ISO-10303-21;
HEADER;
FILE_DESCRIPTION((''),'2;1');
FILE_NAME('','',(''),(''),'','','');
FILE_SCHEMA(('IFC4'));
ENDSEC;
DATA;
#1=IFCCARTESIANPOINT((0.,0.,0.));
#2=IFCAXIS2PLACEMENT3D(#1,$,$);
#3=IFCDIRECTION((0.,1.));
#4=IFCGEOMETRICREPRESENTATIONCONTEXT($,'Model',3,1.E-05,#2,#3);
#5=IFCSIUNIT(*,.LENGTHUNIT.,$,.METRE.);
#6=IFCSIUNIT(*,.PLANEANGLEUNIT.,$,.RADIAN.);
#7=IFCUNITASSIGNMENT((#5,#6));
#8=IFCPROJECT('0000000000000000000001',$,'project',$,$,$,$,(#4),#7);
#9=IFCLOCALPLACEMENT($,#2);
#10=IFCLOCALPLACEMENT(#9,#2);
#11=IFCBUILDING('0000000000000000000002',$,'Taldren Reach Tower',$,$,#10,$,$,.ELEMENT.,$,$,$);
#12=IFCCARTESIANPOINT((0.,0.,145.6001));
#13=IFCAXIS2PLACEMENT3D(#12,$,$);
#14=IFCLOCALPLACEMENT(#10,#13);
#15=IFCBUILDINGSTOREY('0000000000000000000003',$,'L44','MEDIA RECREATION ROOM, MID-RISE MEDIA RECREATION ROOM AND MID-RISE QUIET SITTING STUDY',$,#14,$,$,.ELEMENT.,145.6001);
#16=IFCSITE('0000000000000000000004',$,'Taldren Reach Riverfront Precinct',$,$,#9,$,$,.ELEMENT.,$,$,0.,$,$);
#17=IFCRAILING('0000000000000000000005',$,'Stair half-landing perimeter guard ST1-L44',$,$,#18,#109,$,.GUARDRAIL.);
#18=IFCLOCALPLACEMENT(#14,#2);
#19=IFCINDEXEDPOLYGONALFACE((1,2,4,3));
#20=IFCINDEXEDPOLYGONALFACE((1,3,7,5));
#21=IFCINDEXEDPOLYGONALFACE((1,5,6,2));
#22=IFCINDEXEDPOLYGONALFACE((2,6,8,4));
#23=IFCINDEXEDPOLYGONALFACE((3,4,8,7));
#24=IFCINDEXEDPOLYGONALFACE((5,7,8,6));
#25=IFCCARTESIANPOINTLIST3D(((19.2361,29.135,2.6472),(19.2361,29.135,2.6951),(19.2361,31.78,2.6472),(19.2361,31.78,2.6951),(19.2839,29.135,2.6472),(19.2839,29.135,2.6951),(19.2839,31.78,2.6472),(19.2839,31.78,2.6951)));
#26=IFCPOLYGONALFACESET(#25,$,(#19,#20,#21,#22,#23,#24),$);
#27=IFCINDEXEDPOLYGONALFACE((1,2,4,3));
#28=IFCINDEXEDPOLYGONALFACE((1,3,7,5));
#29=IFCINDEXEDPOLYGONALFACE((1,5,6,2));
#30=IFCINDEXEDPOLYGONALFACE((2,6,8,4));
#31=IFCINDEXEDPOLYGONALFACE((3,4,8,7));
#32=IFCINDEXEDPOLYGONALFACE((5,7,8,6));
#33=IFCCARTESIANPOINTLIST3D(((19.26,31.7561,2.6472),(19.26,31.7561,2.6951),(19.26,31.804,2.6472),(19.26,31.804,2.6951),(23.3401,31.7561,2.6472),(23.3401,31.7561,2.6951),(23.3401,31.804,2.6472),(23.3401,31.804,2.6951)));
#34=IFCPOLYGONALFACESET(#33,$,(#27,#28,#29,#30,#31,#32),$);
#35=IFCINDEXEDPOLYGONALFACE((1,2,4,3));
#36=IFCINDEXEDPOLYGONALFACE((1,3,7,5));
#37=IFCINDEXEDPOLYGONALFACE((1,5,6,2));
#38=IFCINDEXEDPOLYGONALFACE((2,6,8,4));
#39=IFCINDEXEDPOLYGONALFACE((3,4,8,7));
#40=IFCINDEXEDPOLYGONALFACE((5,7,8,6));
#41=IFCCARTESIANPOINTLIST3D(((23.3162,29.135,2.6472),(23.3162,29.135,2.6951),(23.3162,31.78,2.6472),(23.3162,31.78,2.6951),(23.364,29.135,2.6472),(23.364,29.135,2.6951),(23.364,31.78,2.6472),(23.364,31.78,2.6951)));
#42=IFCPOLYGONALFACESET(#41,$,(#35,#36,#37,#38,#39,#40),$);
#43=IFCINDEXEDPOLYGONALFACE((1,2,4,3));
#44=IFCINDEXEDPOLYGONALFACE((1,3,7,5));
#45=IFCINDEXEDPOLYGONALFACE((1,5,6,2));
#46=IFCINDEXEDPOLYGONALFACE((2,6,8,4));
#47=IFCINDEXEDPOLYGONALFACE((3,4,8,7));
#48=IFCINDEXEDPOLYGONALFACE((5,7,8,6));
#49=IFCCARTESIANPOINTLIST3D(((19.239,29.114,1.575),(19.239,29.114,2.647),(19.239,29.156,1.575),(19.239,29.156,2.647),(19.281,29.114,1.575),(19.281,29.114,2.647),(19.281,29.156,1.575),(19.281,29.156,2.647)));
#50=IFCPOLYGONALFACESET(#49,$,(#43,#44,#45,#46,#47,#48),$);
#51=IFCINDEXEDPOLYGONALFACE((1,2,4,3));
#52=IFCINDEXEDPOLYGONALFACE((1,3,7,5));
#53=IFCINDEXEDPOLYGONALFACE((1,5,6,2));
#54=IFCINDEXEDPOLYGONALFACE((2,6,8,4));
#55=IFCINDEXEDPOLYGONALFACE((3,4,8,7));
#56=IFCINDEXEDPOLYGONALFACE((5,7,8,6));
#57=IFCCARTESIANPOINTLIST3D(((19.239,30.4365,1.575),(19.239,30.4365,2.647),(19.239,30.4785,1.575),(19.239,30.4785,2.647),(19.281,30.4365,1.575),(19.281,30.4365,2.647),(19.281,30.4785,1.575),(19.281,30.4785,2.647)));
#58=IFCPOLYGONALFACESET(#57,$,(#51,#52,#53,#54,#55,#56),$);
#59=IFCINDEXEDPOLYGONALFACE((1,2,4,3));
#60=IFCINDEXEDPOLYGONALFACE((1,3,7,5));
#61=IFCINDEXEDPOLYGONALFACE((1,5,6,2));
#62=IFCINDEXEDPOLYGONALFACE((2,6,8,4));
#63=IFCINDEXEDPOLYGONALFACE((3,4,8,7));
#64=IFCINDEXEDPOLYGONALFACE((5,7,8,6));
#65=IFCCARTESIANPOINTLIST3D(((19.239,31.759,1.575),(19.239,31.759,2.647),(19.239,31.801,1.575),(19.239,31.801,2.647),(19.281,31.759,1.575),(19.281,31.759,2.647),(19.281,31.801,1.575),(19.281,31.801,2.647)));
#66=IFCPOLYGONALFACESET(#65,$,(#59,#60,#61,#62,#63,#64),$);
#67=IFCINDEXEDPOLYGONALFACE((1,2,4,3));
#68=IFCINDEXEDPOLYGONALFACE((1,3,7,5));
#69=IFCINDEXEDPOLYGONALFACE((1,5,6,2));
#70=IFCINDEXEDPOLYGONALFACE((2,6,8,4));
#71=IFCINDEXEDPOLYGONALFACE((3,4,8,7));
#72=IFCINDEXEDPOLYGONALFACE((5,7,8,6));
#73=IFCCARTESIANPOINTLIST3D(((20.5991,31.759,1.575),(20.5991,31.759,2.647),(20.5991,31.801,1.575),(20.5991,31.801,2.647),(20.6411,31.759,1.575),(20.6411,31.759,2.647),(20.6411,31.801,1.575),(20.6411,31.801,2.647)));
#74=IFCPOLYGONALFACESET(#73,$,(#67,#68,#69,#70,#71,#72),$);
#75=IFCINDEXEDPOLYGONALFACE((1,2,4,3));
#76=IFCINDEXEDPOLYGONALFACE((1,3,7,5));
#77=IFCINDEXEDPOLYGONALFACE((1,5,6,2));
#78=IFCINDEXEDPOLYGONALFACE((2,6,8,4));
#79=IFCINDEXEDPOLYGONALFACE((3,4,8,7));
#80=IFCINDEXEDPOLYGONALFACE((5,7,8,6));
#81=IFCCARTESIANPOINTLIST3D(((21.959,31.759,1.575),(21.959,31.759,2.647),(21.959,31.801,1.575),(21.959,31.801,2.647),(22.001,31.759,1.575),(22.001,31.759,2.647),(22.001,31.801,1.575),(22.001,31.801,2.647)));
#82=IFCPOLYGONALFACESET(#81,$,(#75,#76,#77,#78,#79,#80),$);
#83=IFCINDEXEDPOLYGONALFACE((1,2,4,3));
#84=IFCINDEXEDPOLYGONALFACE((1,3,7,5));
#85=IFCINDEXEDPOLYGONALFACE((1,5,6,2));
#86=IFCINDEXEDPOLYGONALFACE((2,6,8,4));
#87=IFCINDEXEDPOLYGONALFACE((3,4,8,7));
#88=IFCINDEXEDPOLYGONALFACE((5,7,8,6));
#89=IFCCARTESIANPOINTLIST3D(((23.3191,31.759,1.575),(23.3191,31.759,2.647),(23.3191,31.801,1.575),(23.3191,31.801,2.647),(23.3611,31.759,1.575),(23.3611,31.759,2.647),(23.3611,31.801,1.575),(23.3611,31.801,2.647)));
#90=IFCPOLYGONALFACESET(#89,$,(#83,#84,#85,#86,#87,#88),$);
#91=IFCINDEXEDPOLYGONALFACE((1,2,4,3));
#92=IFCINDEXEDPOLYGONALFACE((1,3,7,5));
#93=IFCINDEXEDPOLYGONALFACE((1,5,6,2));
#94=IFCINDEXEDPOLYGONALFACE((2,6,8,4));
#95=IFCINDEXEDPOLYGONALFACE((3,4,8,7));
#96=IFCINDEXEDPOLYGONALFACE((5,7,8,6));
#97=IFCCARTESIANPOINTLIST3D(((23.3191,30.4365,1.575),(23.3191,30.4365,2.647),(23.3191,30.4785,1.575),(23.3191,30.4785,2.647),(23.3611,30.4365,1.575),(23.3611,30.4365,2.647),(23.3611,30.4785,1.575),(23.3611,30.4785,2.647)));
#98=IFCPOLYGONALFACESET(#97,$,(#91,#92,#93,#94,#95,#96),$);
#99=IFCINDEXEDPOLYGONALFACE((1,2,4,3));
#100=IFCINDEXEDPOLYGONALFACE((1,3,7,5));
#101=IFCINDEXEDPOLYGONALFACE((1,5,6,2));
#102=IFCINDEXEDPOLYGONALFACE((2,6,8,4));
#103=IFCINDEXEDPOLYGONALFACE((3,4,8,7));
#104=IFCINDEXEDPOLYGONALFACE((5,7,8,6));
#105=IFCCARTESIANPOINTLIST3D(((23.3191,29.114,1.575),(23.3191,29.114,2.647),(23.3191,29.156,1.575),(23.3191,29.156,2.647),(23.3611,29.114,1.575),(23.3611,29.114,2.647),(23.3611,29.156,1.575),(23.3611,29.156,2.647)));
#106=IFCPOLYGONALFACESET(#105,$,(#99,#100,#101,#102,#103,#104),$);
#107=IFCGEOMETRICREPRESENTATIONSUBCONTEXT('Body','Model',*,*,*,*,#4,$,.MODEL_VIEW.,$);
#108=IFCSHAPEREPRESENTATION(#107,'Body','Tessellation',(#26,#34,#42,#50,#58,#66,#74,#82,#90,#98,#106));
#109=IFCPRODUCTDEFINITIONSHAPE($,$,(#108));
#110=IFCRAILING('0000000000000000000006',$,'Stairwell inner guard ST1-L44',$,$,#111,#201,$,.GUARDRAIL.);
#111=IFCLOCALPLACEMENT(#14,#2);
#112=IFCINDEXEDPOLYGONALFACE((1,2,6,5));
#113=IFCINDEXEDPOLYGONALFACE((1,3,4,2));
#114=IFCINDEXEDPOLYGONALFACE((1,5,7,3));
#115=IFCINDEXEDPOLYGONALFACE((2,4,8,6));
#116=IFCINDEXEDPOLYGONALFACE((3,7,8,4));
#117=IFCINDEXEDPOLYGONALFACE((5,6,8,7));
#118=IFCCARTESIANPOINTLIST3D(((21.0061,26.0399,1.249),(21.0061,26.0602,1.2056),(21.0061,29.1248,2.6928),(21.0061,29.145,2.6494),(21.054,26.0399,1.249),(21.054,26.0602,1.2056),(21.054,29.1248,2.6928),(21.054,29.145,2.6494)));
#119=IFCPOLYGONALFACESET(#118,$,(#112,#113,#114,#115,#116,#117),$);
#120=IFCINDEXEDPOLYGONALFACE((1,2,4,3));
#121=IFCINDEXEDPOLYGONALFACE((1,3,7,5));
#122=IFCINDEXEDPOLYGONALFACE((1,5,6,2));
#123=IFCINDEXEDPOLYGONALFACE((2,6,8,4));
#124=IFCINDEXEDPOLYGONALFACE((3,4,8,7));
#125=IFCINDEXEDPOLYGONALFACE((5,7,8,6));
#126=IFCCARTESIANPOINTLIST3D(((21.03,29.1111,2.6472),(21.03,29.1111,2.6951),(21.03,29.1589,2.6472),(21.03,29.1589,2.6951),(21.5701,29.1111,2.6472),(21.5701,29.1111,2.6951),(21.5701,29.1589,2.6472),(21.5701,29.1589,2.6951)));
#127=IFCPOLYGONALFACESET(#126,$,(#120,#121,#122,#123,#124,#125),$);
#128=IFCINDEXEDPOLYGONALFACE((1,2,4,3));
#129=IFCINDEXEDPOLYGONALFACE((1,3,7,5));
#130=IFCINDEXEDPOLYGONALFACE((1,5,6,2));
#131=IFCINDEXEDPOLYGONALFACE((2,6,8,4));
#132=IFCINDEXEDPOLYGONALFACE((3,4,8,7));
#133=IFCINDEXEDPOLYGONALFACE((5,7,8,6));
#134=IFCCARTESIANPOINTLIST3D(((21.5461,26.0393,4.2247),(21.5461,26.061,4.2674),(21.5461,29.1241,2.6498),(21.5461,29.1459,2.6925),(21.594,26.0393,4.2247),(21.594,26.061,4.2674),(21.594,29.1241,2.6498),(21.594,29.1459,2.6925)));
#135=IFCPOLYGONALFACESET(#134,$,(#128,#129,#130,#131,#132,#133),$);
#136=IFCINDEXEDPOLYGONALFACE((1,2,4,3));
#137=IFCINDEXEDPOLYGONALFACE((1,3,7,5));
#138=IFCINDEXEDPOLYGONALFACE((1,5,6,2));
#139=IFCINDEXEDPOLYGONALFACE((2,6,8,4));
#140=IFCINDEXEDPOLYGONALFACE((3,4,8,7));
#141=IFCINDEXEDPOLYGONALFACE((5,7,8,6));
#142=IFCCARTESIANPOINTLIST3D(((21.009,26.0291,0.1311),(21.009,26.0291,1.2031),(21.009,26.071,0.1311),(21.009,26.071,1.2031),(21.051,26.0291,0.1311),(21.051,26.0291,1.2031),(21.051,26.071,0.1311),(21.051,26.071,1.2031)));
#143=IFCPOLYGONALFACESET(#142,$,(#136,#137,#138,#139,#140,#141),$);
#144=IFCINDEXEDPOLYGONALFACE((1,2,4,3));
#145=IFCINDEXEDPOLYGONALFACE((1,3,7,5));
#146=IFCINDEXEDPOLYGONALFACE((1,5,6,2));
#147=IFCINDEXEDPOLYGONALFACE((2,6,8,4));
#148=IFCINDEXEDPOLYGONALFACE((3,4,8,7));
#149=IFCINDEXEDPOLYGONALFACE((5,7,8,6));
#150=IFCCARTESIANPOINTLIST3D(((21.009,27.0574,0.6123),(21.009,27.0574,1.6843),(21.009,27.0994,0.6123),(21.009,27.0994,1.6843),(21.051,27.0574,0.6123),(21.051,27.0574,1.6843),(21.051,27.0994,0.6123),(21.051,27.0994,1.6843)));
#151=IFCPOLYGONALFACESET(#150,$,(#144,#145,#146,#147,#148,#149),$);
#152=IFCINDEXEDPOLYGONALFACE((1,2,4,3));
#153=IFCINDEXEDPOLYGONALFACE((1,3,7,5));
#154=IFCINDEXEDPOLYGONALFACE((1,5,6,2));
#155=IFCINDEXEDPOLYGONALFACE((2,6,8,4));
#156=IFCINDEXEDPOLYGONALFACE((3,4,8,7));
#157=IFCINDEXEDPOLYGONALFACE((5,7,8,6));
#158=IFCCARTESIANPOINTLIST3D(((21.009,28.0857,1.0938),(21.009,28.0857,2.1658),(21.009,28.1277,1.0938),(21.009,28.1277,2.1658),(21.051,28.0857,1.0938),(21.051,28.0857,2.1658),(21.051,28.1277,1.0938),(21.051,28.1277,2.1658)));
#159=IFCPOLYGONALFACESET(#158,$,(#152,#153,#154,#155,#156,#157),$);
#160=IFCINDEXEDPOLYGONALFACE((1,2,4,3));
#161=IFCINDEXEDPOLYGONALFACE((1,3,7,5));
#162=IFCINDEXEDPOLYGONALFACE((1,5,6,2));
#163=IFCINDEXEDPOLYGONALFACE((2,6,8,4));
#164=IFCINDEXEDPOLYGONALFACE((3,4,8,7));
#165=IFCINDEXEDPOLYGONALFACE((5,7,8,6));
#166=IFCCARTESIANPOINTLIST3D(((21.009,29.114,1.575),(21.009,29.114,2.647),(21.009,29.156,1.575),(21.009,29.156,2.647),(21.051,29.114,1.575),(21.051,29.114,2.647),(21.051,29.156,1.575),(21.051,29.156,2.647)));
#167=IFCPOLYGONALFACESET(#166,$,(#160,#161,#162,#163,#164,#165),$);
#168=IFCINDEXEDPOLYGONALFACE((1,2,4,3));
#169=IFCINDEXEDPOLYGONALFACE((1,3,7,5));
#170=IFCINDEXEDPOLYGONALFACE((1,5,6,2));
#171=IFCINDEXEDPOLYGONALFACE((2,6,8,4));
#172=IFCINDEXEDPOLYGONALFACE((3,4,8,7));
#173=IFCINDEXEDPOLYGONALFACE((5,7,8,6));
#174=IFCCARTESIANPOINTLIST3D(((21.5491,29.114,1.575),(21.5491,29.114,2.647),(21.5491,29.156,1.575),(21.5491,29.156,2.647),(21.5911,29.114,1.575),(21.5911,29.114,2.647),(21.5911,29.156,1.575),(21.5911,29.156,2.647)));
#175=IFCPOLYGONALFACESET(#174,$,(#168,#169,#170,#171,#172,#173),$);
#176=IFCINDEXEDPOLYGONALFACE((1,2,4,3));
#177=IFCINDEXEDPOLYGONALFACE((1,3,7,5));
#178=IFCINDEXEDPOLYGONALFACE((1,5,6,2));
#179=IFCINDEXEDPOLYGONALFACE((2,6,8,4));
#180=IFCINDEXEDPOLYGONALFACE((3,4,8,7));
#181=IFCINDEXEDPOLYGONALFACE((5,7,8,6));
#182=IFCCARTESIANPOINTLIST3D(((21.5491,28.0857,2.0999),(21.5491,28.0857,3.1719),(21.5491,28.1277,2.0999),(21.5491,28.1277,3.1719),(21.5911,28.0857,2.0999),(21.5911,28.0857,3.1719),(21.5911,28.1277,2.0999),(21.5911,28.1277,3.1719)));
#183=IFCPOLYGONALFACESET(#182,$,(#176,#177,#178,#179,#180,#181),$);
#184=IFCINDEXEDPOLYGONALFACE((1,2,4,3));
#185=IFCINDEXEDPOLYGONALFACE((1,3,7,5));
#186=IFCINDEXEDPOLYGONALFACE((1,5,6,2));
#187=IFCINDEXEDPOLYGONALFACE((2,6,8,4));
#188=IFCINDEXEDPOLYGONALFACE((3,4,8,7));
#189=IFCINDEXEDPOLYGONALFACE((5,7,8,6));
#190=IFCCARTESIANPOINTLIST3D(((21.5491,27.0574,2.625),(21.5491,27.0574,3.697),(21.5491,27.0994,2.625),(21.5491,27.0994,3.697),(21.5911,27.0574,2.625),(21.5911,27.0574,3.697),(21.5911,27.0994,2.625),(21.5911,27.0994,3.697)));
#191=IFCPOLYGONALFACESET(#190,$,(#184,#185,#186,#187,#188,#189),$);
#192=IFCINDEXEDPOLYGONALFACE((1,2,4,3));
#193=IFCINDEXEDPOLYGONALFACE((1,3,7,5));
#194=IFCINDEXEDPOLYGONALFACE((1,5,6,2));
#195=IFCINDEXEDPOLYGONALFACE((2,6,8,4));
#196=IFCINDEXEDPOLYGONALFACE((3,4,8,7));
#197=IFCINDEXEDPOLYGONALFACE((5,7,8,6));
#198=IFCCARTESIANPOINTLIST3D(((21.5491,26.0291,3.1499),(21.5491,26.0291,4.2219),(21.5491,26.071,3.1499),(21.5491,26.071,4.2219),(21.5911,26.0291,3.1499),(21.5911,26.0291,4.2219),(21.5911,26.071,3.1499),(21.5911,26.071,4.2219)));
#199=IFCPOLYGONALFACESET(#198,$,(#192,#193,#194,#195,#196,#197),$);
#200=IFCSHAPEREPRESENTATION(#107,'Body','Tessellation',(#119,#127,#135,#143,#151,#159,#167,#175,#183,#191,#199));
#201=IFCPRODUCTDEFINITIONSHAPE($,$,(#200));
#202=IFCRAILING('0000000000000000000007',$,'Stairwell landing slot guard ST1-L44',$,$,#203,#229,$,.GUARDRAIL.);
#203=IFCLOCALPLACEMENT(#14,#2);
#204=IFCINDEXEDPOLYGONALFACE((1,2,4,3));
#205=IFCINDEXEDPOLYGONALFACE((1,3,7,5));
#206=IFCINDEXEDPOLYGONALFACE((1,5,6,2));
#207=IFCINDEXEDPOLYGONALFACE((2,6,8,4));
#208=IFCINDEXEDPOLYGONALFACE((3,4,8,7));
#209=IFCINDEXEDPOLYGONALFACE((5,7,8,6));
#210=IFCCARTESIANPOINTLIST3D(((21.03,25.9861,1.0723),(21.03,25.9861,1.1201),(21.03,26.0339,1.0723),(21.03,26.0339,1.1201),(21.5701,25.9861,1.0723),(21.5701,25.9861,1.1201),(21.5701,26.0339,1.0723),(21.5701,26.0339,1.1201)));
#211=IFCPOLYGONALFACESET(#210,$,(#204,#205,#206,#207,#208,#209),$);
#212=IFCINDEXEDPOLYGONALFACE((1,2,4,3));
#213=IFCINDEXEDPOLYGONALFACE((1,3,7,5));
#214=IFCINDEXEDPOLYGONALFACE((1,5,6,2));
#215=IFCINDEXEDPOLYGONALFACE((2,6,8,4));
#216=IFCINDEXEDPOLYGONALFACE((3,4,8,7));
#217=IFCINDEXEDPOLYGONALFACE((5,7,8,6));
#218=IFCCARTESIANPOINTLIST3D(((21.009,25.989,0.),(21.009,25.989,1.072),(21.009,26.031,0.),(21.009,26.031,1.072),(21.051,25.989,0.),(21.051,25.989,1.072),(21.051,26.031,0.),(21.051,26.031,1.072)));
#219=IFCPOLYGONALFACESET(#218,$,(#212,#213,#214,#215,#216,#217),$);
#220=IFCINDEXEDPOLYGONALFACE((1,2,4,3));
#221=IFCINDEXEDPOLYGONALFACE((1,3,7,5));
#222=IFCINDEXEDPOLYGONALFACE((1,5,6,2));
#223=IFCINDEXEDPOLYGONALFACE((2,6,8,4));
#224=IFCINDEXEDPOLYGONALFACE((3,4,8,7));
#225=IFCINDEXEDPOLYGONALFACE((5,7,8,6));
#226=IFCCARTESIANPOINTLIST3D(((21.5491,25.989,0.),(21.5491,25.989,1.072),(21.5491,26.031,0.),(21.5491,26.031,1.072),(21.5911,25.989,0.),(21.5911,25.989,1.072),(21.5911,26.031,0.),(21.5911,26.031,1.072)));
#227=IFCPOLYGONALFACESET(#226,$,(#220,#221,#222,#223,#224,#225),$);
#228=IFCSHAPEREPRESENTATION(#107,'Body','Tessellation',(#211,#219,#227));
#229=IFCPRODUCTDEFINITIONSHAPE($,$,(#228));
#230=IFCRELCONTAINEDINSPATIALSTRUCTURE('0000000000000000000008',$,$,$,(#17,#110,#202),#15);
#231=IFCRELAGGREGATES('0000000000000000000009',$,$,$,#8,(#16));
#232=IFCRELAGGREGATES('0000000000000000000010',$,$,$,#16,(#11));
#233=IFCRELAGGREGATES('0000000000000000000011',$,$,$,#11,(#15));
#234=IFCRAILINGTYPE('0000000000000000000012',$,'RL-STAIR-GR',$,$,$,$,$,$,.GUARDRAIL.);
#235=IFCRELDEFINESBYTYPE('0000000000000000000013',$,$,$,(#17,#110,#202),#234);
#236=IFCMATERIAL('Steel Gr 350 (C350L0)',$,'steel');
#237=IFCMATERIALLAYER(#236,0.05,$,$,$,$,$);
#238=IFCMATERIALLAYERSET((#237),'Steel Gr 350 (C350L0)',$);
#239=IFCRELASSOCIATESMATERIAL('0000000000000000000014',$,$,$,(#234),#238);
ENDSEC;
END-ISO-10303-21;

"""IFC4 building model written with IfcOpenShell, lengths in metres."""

from ifc_helpers import new_model, si_unit, direction, frame, origin, origin_2d, place, context, subcontext, project, spatial, rectangle, extrude, material, layer, layer_set, type_object, element, save


model = new_model("IFC4")

# Units and contexts
model_context = context("Model", 3, precision=1e-05, world=origin(), true_north=direction((0.0, 1.0)))
body_context = subcontext(model_context, "Body", "Model", "MODEL_VIEW")
ifc_project = project(units=[si_unit("LENGTHUNIT", "METRE"), si_unit("PLANEANGLEUNIT", "RADIAN")], contexts=[model_context])

# Site, building, storey
site_placement = place(None, origin())
site = spatial("IfcSite", under=ifc_project, at=site_placement, Name="Taldren Reach Riverfront Precinct", CompositionType="ELEMENT", RefElevation=0.0)
building_placement = place(site_placement, origin())
building = spatial("IfcBuilding", under=site, at=building_placement, Name="Taldren Reach Tower", CompositionType="ELEMENT")
storey_placement = place(building_placement, frame((0.0, 0.0, 145.6001)))
storey = spatial("IfcBuildingStorey", under=building, at=storey_placement, Name="L44", Description="MEDIA RECREATION ROOM, MID-RISE MEDIA RECREATION ROOM AND MID-RISE QUIET SITTING STUDY", CompositionType="ELEMENT", Elevation=145.6001)

# Shared definitions
ifc_material_1 = material(Name="Steel Gr 350 (C350L0)", Category="steel")

# Railings
ifc_layer_1 = layer(ifc_material_1, 0.05)
ifc_layer_set_1 = layer_set([ifc_layer_1], Name="Steel Gr 350 (C350L0)")
railing_type_1 = type_object("IfcRailingType", Name="RL-STAIR-GR", PredefinedType="GUARDRAIL", material=ifc_layer_set_1)
railing_1_placement = place(storey_placement, frame((19.26, 29.135, 1.575)))
element("IfcRailing", 1, at=railing_1_placement, inside=storey, type_object=railing_type_1, Name="Stair half-landing perimeter guard ST1-L44", PredefinedType="GUARDRAIL", context=body_context, shape_type="SweptSolid", body=[
    extrude(rectangle(XDim=0.0479, YDim=0.0479, at=origin_2d()), frame((0.0, 0.0, 1.0962), z_axis=(0.0, 1.0, 0.0), x_axis=(-1.0, 0.0, 0.0)), (0.0, 0.0, 1.0), 2.645),
    extrude(rectangle(XDim=0.0479, YDim=0.0479, at=origin_2d()), frame((0.0, 2.645, 1.0962), z_axis=(1.0, 0.0, 0.0), x_axis=(0.0, 1.0, 0.0)), (0.0, 0.0, 1.0), 4.0801),
    extrude(rectangle(XDim=0.0479, YDim=0.0479, at=origin_2d()), frame((4.0801, 2.645, 1.0962), z_axis=(0.0, -1.0, 0.0), x_axis=(1.0, 0.0, 0.0)), (0.0, 0.0, 1.0), 2.645),
    extrude(rectangle(XDim=0.042, YDim=0.042, at=origin_2d()), origin(), (0.0, 0.0, 1.0), 1.072),
    extrude(rectangle(XDim=0.042, YDim=0.042, at=origin_2d()), frame((0.0, 1.3225, 0.0)), (0.0, 0.0, 1.0), 1.072),
    extrude(rectangle(XDim=0.042, YDim=0.042, at=origin_2d()), frame((0.0, 2.645, 0.0)), (0.0, 0.0, 1.0), 1.072),
    extrude(rectangle(XDim=0.042, YDim=0.042, at=origin_2d()), frame((1.3601, 2.645, 0.0)), (0.0, 0.0, 1.0), 1.072),
    extrude(rectangle(XDim=0.042, YDim=0.042, at=origin_2d()), frame((2.72, 2.645, 0.0)), (0.0, 0.0, 1.0), 1.072),
    extrude(rectangle(XDim=0.042, YDim=0.042, at=origin_2d()), frame((4.0801, 2.645, 0.0)), (0.0, 0.0, 1.0), 1.072),
    extrude(rectangle(XDim=0.042, YDim=0.042, at=origin_2d()), frame((4.0801, 1.3225, 0.0)), (0.0, 0.0, 1.0), 1.072),
    extrude(rectangle(XDim=0.042, YDim=0.042, at=origin_2d()), frame((4.0801, 0.0, 0.0)), (0.0, 0.0, 1.0), 1.072),
])
railing_2_placement = place(storey_placement, frame((21.03, 26.05, 0.1311)))
element("IfcRailing", 2, at=railing_2_placement, inside=storey, type_object=railing_type_1, Name="Stairwell inner guard ST1-L44", PredefinedType="GUARDRAIL", context=body_context, shape_type="SweptSolid", body=[
    extrude(rectangle(XDim=0.0479, YDim=0.0479, at=origin_2d()), frame((0.0, 0.0, 1.0962), z_axis=(0.0, 0.90571, 0.423898), x_axis=(-1.0, 0.0, 0.0)), (0.0, 0.0, 1.0), 3.406),
    extrude(rectangle(XDim=0.0479, YDim=0.0479, at=origin_2d()), frame((0.0, 3.085, 2.54), z_axis=(1.0, 0.0, 0.0), x_axis=(0.0, 1.0, 0.0)), (0.0, 0.0, 1.0), 0.54),
    extrude(rectangle(XDim=0.0479, YDim=0.0479, at=origin_2d()), frame((0.54, 3.085, 2.54), z_axis=(0.0, -0.890646, 0.454697), x_axis=(1.0, 0.0, 0.0)), (0.0, 0.0, 1.0), 3.4636),
    extrude(rectangle(XDim=0.042, YDim=0.042, at=origin_2d()), origin(), (0.0, 0.0, 1.0), 1.072),
    extrude(rectangle(XDim=0.042, YDim=0.042, at=origin_2d()), frame((0.0, 1.0283, 0.4812)), (0.0, 0.0, 1.0), 1.072),
    extrude(rectangle(XDim=0.042, YDim=0.042, at=origin_2d()), frame((0.0, 2.0566, 0.9626)), (0.0, 0.0, 1.0), 1.072),
    extrude(rectangle(XDim=0.042, YDim=0.042, at=origin_2d()), frame((0.0, 3.085, 1.4438)), (0.0, 0.0, 1.0), 1.072),
    extrude(rectangle(XDim=0.042, YDim=0.042, at=origin_2d()), frame((0.54, 3.085, 1.4438)), (0.0, 0.0, 1.0), 1.072),
    extrude(rectangle(XDim=0.042, YDim=0.042, at=origin_2d()), frame((0.54, 2.0566, 1.9688)), (0.0, 0.0, 1.0), 1.072),
    extrude(rectangle(XDim=0.042, YDim=0.042, at=origin_2d()), frame((0.54, 1.0283, 2.4939)), (0.0, 0.0, 1.0), 1.072),
    extrude(rectangle(XDim=0.042, YDim=0.042, at=origin_2d()), frame((0.54, 0.0, 3.0188)), (0.0, 0.0, 1.0), 1.072),
])
railing_3_placement = place(storey_placement, frame((21.03, 26.01, 0.0)))
element("IfcRailing", 3, at=railing_3_placement, inside=storey, type_object=railing_type_1, Name="Stairwell landing slot guard ST1-L44", PredefinedType="GUARDRAIL", context=body_context, shape_type="SweptSolid", body=[
    extrude(rectangle(XDim=0.0479, YDim=0.0479, at=origin_2d()), frame((0.0, 0.0, 1.0962), z_axis=(1.0, 0.0, 0.0), x_axis=(0.0, 1.0, 0.0)), (0.0, 0.0, 1.0), 0.54),
    extrude(rectangle(XDim=0.042, YDim=0.042, at=origin_2d()), origin(), (0.0, 0.0, 1.0), 1.072),
    extrude(rectangle(XDim=0.042, YDim=0.042, at=origin_2d()), frame((0.54, 0.0, 0.0)), (0.0, 0.0, 1.0), 1.072),
])

save(model, "model.ifc")
